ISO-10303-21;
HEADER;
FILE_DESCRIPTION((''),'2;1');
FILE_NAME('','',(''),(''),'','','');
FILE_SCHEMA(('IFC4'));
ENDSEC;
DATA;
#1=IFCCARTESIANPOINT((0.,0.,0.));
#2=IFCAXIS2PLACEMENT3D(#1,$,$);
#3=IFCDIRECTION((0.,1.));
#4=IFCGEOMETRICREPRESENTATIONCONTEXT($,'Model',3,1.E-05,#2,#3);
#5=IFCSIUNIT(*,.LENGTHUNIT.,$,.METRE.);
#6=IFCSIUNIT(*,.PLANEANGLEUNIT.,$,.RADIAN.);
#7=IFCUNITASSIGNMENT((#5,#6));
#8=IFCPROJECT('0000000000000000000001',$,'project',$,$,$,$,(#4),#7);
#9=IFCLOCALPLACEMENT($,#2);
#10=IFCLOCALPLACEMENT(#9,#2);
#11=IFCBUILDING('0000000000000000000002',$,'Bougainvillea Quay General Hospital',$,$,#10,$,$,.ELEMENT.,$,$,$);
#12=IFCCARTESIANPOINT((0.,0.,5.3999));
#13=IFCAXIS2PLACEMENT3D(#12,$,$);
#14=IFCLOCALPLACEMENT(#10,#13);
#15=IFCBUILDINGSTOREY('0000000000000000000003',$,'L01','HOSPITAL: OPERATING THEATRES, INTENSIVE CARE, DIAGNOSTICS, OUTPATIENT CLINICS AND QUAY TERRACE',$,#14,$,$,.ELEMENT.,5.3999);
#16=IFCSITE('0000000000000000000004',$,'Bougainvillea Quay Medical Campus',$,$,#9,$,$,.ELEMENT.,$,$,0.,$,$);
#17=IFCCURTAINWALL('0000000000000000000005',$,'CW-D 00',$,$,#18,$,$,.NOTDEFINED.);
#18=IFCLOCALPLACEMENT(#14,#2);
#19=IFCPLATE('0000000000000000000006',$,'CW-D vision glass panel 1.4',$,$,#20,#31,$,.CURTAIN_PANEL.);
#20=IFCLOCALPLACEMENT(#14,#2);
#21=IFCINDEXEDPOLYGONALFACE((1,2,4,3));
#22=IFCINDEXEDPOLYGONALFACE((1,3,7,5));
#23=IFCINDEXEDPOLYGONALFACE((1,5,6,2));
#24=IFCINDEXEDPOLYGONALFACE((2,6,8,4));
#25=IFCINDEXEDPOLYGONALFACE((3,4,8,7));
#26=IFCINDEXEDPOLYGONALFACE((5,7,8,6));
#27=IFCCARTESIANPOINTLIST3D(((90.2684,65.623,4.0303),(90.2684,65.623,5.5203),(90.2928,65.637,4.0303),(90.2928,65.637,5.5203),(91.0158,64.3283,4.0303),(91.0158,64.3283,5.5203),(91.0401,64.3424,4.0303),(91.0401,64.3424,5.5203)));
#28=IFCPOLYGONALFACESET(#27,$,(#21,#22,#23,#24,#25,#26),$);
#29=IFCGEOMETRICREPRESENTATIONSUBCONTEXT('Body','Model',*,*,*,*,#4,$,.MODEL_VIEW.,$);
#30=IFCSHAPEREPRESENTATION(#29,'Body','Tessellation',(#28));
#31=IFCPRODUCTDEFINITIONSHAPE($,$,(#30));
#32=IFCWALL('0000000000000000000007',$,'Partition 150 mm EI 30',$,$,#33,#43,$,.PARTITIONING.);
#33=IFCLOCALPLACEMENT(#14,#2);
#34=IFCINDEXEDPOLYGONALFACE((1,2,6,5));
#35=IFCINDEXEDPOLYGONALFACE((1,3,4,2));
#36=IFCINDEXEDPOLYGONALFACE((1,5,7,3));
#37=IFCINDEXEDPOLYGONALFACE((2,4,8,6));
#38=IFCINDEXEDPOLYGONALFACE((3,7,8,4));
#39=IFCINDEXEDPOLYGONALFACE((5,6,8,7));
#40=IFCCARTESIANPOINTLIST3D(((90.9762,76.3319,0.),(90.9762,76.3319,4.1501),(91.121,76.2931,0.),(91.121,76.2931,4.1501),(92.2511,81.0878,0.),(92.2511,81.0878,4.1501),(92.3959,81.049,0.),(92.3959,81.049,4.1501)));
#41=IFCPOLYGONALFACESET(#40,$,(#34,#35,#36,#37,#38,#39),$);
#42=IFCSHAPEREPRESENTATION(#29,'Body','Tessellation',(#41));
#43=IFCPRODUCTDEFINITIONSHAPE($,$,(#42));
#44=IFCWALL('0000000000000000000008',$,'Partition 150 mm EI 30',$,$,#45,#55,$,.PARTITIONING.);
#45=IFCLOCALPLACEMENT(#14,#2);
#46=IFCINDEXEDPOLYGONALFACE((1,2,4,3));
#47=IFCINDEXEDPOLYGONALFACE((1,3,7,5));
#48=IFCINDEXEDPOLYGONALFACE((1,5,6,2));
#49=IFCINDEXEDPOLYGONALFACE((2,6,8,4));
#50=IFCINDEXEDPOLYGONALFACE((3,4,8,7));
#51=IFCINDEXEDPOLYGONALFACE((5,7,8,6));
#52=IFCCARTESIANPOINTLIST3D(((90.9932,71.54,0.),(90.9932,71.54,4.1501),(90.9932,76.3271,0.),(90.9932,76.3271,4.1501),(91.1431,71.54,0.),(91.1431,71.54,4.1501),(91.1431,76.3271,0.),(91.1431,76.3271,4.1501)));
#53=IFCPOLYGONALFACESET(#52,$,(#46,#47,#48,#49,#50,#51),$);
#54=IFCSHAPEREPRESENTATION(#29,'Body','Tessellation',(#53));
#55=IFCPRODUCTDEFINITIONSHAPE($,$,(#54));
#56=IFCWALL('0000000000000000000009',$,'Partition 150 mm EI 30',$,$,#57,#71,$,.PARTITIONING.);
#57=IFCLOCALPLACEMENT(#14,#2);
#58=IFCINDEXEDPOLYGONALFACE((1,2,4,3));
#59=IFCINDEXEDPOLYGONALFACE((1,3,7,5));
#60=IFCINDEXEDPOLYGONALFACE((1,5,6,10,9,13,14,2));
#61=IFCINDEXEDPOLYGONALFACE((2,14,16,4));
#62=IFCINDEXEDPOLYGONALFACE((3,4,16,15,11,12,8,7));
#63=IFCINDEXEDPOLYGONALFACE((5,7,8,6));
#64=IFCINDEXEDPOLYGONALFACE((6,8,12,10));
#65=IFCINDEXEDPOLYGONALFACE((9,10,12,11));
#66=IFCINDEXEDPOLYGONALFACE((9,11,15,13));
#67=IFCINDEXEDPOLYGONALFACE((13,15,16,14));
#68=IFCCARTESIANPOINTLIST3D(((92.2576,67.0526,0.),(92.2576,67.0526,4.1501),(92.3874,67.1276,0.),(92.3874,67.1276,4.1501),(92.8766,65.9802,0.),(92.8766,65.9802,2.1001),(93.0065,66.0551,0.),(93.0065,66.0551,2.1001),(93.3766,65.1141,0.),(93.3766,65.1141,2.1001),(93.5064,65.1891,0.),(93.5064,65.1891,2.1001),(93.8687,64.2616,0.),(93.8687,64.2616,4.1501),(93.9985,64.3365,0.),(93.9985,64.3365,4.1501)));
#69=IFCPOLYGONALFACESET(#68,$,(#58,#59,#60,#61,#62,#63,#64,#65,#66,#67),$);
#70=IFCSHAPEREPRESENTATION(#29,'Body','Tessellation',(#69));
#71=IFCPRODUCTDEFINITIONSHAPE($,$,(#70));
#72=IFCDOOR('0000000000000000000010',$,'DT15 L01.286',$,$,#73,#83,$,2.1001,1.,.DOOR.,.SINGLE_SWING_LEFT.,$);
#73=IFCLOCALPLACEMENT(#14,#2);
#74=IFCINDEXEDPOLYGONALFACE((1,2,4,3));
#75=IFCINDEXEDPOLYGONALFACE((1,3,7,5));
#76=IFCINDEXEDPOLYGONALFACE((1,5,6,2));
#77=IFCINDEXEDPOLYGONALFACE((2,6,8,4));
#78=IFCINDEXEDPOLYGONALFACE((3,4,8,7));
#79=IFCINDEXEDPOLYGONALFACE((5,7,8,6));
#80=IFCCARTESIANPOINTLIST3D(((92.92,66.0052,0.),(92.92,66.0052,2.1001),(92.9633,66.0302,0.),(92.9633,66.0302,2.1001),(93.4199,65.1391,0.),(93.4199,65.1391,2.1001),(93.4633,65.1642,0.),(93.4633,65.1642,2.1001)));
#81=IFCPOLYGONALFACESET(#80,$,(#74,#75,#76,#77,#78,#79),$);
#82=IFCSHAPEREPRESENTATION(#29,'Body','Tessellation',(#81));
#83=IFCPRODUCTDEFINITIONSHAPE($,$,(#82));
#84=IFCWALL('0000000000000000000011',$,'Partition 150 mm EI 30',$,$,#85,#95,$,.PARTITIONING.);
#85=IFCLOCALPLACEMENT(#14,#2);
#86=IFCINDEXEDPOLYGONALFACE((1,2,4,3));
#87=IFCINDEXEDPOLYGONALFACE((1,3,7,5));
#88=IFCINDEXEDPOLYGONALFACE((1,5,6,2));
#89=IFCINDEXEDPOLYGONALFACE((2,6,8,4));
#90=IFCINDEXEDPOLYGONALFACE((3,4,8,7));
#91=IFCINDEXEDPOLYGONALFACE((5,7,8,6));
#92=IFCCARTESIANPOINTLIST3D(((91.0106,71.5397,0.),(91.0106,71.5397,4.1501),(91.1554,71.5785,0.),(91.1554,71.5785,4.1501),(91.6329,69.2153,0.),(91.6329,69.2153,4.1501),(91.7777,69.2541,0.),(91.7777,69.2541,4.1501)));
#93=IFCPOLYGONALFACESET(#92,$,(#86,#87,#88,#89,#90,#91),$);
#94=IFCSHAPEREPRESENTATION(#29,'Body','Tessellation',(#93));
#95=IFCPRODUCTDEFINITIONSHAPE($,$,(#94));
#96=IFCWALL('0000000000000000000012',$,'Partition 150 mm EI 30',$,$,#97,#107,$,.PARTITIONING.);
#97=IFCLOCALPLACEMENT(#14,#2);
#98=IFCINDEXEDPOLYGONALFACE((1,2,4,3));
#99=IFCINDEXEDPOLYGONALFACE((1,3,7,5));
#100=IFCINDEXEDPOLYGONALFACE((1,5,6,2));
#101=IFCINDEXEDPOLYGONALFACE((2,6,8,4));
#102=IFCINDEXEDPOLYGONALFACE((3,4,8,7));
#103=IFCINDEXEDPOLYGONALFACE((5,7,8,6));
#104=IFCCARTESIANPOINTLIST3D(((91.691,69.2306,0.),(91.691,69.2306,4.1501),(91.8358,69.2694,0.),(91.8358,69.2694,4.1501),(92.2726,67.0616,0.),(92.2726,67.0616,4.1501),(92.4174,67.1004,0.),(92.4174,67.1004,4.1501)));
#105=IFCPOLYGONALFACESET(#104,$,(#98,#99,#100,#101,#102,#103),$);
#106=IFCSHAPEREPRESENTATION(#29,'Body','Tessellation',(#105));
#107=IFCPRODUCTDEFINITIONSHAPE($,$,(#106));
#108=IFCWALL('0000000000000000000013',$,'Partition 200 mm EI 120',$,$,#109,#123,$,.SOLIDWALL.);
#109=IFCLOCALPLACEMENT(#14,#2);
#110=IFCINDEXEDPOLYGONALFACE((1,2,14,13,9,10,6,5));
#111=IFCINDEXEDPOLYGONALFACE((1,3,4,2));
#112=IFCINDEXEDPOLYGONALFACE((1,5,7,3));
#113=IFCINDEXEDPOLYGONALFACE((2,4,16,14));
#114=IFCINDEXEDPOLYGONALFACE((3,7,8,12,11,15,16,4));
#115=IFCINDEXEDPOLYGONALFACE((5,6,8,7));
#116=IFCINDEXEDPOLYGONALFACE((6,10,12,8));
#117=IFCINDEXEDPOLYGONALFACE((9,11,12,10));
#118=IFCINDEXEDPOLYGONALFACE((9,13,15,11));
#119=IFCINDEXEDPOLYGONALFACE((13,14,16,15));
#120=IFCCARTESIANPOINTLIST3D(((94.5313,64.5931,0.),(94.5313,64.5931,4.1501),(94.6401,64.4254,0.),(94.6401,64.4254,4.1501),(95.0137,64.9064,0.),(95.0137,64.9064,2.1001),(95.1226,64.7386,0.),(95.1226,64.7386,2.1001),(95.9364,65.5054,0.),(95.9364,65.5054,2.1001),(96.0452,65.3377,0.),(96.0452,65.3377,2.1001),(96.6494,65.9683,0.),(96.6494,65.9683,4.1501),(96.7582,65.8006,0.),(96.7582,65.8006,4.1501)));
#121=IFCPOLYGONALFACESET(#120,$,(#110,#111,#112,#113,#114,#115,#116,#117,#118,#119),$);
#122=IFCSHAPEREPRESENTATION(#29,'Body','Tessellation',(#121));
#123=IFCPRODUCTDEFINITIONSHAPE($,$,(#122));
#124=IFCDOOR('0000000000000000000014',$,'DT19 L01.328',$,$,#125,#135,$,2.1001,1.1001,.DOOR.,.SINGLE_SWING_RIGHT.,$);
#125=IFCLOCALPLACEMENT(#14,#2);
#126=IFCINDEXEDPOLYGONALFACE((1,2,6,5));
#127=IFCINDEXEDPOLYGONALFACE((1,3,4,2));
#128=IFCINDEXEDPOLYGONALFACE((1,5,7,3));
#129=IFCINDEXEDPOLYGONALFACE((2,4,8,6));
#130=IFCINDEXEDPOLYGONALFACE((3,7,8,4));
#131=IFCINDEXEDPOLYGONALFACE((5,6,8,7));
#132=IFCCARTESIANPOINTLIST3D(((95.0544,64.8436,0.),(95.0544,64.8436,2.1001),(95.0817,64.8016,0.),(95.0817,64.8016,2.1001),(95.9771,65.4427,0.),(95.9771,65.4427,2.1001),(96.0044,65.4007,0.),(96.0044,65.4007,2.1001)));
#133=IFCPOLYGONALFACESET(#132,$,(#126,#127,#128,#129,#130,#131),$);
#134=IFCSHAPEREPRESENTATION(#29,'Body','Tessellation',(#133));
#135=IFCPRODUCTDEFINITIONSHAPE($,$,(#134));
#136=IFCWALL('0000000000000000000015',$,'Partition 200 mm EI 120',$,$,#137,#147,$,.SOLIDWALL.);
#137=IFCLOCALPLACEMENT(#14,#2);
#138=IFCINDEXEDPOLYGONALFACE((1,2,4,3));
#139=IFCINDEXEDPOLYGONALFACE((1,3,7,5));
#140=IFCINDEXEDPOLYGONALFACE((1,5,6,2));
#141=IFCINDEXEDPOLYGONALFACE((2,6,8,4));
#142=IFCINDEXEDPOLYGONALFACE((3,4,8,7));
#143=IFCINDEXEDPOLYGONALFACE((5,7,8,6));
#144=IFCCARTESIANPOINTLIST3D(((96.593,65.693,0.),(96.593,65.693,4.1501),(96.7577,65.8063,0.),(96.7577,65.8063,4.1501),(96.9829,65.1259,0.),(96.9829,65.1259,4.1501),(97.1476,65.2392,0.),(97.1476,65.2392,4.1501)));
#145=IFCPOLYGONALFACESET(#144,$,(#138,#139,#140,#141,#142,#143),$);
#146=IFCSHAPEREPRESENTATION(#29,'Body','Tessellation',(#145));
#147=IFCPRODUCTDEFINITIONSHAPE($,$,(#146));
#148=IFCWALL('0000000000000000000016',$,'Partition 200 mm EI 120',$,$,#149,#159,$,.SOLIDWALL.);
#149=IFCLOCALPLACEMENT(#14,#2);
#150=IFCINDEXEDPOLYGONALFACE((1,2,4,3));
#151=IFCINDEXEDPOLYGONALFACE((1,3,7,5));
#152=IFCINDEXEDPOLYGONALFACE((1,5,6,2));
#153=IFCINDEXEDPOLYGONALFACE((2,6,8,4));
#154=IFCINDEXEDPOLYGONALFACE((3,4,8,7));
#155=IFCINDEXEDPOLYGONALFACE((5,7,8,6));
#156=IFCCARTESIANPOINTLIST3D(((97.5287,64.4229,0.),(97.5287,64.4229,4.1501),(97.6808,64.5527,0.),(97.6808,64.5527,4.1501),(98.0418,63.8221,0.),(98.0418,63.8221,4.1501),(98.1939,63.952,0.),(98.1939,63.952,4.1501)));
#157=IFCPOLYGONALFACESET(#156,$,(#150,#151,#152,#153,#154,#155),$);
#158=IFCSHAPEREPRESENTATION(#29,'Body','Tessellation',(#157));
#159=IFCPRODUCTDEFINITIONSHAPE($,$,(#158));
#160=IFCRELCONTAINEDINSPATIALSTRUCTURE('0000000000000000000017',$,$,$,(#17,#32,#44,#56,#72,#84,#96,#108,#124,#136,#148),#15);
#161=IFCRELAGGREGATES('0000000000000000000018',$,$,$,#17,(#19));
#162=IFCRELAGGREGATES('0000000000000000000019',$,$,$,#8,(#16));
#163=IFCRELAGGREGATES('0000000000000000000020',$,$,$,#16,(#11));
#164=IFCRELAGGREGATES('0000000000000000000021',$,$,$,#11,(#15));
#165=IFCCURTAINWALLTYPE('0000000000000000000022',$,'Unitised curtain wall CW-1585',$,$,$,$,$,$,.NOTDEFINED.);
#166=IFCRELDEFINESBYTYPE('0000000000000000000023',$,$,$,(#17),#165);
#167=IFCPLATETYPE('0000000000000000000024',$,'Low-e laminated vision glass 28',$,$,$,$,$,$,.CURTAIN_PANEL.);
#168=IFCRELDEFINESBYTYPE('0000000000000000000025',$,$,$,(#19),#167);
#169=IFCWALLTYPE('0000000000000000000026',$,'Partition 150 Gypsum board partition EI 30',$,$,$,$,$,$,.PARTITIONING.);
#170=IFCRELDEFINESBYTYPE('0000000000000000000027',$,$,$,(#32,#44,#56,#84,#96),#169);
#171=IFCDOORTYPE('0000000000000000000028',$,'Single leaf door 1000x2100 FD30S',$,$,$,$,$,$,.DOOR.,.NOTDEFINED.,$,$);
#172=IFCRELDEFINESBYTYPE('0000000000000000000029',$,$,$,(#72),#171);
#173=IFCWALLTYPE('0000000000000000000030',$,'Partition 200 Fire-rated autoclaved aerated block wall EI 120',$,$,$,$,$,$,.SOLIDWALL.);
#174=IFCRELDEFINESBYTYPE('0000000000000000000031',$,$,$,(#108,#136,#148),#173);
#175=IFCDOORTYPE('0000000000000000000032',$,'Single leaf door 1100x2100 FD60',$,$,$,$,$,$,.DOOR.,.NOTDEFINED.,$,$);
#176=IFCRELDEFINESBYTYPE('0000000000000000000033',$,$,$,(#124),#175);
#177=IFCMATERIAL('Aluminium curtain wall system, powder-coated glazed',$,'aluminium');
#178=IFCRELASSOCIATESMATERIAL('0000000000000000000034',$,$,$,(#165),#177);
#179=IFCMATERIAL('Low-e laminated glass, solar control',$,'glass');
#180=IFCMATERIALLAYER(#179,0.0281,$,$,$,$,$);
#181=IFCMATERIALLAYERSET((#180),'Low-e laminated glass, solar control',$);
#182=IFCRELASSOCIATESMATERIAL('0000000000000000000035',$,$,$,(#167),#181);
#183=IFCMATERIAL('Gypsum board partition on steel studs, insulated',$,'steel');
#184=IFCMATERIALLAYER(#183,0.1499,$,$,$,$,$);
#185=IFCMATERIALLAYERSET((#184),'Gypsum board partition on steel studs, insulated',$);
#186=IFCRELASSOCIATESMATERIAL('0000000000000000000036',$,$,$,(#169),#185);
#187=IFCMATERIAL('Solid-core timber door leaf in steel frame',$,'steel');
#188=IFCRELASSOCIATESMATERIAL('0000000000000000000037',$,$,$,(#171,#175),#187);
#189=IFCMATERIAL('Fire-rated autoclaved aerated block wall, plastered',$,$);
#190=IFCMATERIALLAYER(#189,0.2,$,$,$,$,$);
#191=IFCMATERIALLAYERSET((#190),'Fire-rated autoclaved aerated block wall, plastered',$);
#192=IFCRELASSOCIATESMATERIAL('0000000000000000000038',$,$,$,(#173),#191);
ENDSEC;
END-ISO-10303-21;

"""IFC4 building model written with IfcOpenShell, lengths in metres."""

from ifc_helpers import new_model, si_unit, direction, frame, frame_2d, origin, origin_2d, place, context, subcontext, project, spatial, rectangle, extrude, material, layer, layer_set, type_object, element, fill, aggregate, save


model = new_model("IFC4")

# Units and contexts
model_context = context("Model", 3, precision=1e-05, world=origin(), true_north=direction((0.0, 1.0)))
body_context = subcontext(model_context, "Body", "Model", "MODEL_VIEW")
ifc_project = project(units=[si_unit("LENGTHUNIT", "METRE"), si_unit("PLANEANGLEUNIT", "RADIAN")], contexts=[model_context])

# Site, building, storey
site_placement = place(None, origin())
site = spatial("IfcSite", under=ifc_project, at=site_placement, Name="Bougainvillea Quay Medical Campus", CompositionType="ELEMENT", RefElevation=0.0)
building_placement = place(site_placement, origin())
building = spatial("IfcBuilding", under=site, at=building_placement, Name="Bougainvillea Quay General Hospital", CompositionType="ELEMENT")
storey_placement = place(building_placement, frame((0.0, 0.0, 5.3999)))
storey = spatial("IfcBuildingStorey", under=building, at=storey_placement, Name="L01", Description="HOSPITAL: OPERATING THEATRES, INTENSIVE CARE, DIAGNOSTICS, OUTPATIENT CLINICS AND QUAY TERRACE", CompositionType="ELEMENT", Elevation=5.3999)

# Curtain wall, plate
ifc_material_1 = material(Name="Aluminium curtain wall system, powder-coated glazed", Category="aluminium")
curtain_wall_type = type_object("IfcCurtainWallType", Name="Unitised curtain wall CW-1585", PredefinedType="NOTDEFINED", material=ifc_material_1)
curtain_wall_placement = place(storey_placement, origin())
curtain_wall = element("IfcCurtainWall", 1, at=curtain_wall_placement, inside=storey, type_object=curtain_wall_type, Name="CW-D 00", PredefinedType="NOTDEFINED")
ifc_material_2 = material(Name="Low-e laminated glass, solar control", Category="glass")
ifc_layer_1 = layer(ifc_material_2, 0.0281)
ifc_layer_set_1 = layer_set([ifc_layer_1], Name="Low-e laminated glass, solar control")
plate_type_1 = type_object("IfcPlateType", Name="Low-e laminated vision glass 28", PredefinedType="CURTAIN_PANEL", material=ifc_layer_set_1)
plate_1_placement = place(storey_placement, frame((90.6543, 64.9827, 4.0303), z_axis=(0.0, 0.0, 1.0), x_axis=(0.499965, -0.866046, 0.0)))
plate_1 = element("IfcPlate", 2, at=plate_1_placement, type_object=plate_type_1, Name="CW-D vision glass panel 1.4", PredefinedType="CURTAIN_PANEL", context=body_context, shape_type="SweptSolid", body=[
    extrude(rectangle(XDim=1.4949, YDim=0.0281, at=origin_2d()), origin(), (0.0, 0.0, 1.0), 1.49),
])
aggregate(curtain_wall, [plate_1])

# Walls
ifc_material_3 = material(Name="Gypsum board partition on steel studs, insulated", Category="steel")
ifc_layer_2 = layer(ifc_material_3, 0.1499)
ifc_layer_set_2 = layer_set([ifc_layer_2], Name="Gypsum board partition on steel studs, insulated")
wall_type_1 = type_object("IfcWallType", Name="Partition 150 Gypsum board partition EI 30", PredefinedType="PARTITIONING", material=ifc_layer_set_2)
wall_1_placement = place(storey_placement, frame((91.0486, 76.3125, 0.0), z_axis=(0.0, 0.0, 1.0), x_axis=(0.258928, 0.965897, 0.0)))
element("IfcWall", 3, at=wall_1_placement, inside=storey, type_object=wall_type_1, Name="Partition 150 mm EI 30", PredefinedType="PARTITIONING", context=body_context, shape_type="SweptSolid", body=[
    extrude(rectangle(XDim=4.9238, YDim=0.1499, at=frame_2d((2.4619, 0.0))), origin(), (0.0, 0.0, 1.0), 4.1501),
])
wall_2_placement = place(storey_placement, frame((91.0681, 71.54, 0.0), z_axis=(0.0, 0.0, 1.0), x_axis=(0.0, 1.0, 0.0)))
element("IfcWall", 4, at=wall_2_placement, inside=storey, type_object=wall_type_1, Name="Partition 150 mm EI 30", PredefinedType="PARTITIONING", context=body_context, shape_type="SweptSolid", body=[
    extrude(rectangle(XDim=4.7871, YDim=0.1499, at=frame_2d((2.3936, 0.0))), origin(), (0.0, 0.0, 1.0), 4.1501),
])

# Wall, opening, door
wall_3_placement = place(storey_placement, frame((92.3225, 67.0901, 0.0), z_axis=(0.0, 0.0, 1.0), x_axis=(0.499928, -0.866067, 0.0)))
wall_3 = element("IfcWall", 5, at=wall_3_placement, inside=storey, type_object=wall_type_1, Name="Partition 150 mm EI 30", PredefinedType="PARTITIONING", context=body_context, shape_type="SweptSolid", body=[
    extrude(rectangle(XDim=3.2227, YDim=0.1499, at=frame_2d((1.6113, 0.0))), origin(), (0.0, 0.0, 1.0), 4.1501),
])
opening_1_placement = place(wall_3_placement, frame((1.2383, 0.0, 0.0)))
opening_1 = element("IfcOpeningElement", 6, at=opening_1_placement, cuts=wall_3, PredefinedType="OPENING", context=body_context, shape_type="SweptSolid", body=[
    extrude(rectangle(XDim=1.0, YDim=2.1001, at=frame_2d((0.5, 1.05))), frame((0.0, 0.085, 0.0), z_axis=(0.0, -1.0, 0.0), x_axis=(1.0, 0.0, 0.0)), (0.0, 0.0, 1.0), 0.1699),
])
ifc_material_4 = material(Name="Solid-core timber door leaf in steel frame", Category="steel")
door_type_1 = type_object("IfcDoorType", Name="Single leaf door 1000x2100 FD30S", OperationType="NOTDEFINED", PredefinedType="DOOR", material=ifc_material_4)
door_1_placement = place(opening_1_placement, frame((1.0, 0.0, 0.0), z_axis=(0.0, 0.0, 1.0), x_axis=(-1.0, 0.0, 0.0)))
door_1 = element("IfcDoor", 7, at=door_1_placement, inside=storey, type_object=door_type_1, Name="DT15 L01.286", OperationType="SINGLE_SWING_LEFT", OverallHeight=2.1001, OverallWidth=1.0, PredefinedType="DOOR", context=body_context, shape_type="SweptSolid", body=[
    extrude(rectangle(XDim=1.0, YDim=2.1001, at=frame_2d((0.5, 1.05))), frame((0.0, 0.0249, 0.0), z_axis=(0.0, -1.0, 0.0), x_axis=(1.0, 0.0, 0.0)), (0.0, 0.0, 1.0), 0.05),
])
fill(opening_1, door_1)

# Walls
wall_4_placement = place(storey_placement, frame((91.083, 71.5591, 0.0), z_axis=(0.0, 0.0, 1.0), x_axis=(0.258616, -0.96598, 0.0)))
element("IfcWall", 8, at=wall_4_placement, inside=storey, type_object=wall_type_1, Name="Partition 150 mm EI 30", PredefinedType="PARTITIONING", context=body_context, shape_type="SweptSolid", body=[
    extrude(rectangle(XDim=2.4062, YDim=0.1499, at=frame_2d((1.2031, 0.0))), origin(), (0.0, 0.0, 1.0), 4.1501),
])
wall_5_placement = place(storey_placement, frame((91.7634, 69.25, 0.0), z_axis=(0.0, 0.0, 1.0), x_axis=(0.258975, -0.965884, 0.0)))
element("IfcWall", 9, at=wall_5_placement, inside=storey, type_object=wall_type_1, Name="Partition 150 mm EI 30", PredefinedType="PARTITIONING", context=body_context, shape_type="SweptSolid", body=[
    extrude(rectangle(XDim=2.2456, YDim=0.1499, at=frame_2d((1.1228, 0.0))), origin(), (0.0, 0.0, 1.0), 4.1501),
])

# Wall, opening, door
ifc_material_5 = material(Name="Fire-rated autoclaved aerated block wall, plastered")
ifc_layer_3 = layer(ifc_material_5, 0.2)
ifc_layer_set_3 = layer_set([ifc_layer_3], Name="Fire-rated autoclaved aerated block wall, plastered")
wall_type_2 = type_object("IfcWallType", Name="Partition 200 Fire-rated autoclaved aerated block wall EI 120", PredefinedType="SOLIDWALL", material=ifc_layer_set_3)
wall_6_placement = place(storey_placement, frame((94.5857, 64.5093, 0.0), z_axis=(0.0, 0.0, 1.0), x_axis=(0.838726, 0.544553, 0.0)))
wall_6 = element("IfcWall", 10, at=wall_6_placement, inside=storey, type_object=wall_type_2, Name="Partition 200 mm EI 120", PredefinedType="SOLIDWALL", context=body_context, shape_type="SweptSolid", body=[
    extrude(rectangle(XDim=2.5254, YDim=0.2, at=frame_2d((1.2627, 0.0))), origin(), (0.0, 0.0, 1.0), 4.1501),
])
opening_2_placement = place(wall_6_placement, frame((0.5752, 0.0, 0.0)))
opening_2 = element("IfcOpeningElement", 11, at=opening_2_placement, cuts=wall_6, PredefinedType="OPENING", context=body_context, shape_type="SweptSolid", body=[
    extrude(rectangle(XDim=1.1001, YDim=2.1001, at=frame_2d((0.55, 1.05))), frame((0.0, 0.1099, 0.0), z_axis=(0.0, -1.0, 0.0), x_axis=(1.0, 0.0, 0.0)), (0.0, 0.0, 1.0), 0.22),
])
door_type_2 = type_object("IfcDoorType", Name="Single leaf door 1100x2100 FD60", OperationType="NOTDEFINED", PredefinedType="DOOR", material=ifc_material_4)
door_2_placement = place(opening_2_placement, frame((1.1001, 0.0, 0.0), z_axis=(0.0, 0.0, 1.0), x_axis=(-1.0, 0.0, 0.0)))
door_2 = element("IfcDoor", 12, at=door_2_placement, inside=storey, type_object=door_type_2, Name="DT19 L01.328", OperationType="SINGLE_SWING_RIGHT", OverallHeight=2.1001, OverallWidth=1.1001, PredefinedType="DOOR", context=body_context, shape_type="SweptSolid", body=[
    extrude(rectangle(XDim=1.1001, YDim=2.1001, at=frame_2d((0.55, 1.05))), frame((0.0, 0.0249, 0.0), z_axis=(0.0, -1.0, 0.0), x_axis=(1.0, 0.0, 0.0)), (0.0, 0.0, 1.0), 0.05),
])
fill(opening_2, door_2)

# Walls
wall_7_placement = place(storey_placement, frame((96.6753, 65.7498, 0.0), z_axis=(0.0, 0.0, 1.0), x_axis=(0.566514, -0.824052, 0.0)))
element("IfcWall", 13, at=wall_7_placement, inside=storey, type_object=wall_type_2, Name="Partition 200 mm EI 120", PredefinedType="SOLIDWALL", context=body_context, shape_type="SweptSolid", body=[
    extrude(rectangle(XDim=0.6882, YDim=0.2, at=frame_2d((0.3442, 0.0))), origin(), (0.0, 0.0, 1.0), 4.1501),
])
wall_8_placement = place(storey_placement, frame((97.6047, 64.4878, 0.0), z_axis=(0.0, 0.0, 1.0), x_axis=(0.649467, -0.76039, 0.0)))
element("IfcWall", 14, at=wall_8_placement, inside=storey, type_object=wall_type_2, Name="Partition 200 mm EI 120", PredefinedType="SOLIDWALL", context=body_context, shape_type="SweptSolid", body=[
    extrude(rectangle(XDim=0.79, YDim=0.2, at=frame_2d((0.395, 0.0))), origin(), (0.0, 0.0, 1.0), 4.1501),
])

save(model, "model.ifc")
